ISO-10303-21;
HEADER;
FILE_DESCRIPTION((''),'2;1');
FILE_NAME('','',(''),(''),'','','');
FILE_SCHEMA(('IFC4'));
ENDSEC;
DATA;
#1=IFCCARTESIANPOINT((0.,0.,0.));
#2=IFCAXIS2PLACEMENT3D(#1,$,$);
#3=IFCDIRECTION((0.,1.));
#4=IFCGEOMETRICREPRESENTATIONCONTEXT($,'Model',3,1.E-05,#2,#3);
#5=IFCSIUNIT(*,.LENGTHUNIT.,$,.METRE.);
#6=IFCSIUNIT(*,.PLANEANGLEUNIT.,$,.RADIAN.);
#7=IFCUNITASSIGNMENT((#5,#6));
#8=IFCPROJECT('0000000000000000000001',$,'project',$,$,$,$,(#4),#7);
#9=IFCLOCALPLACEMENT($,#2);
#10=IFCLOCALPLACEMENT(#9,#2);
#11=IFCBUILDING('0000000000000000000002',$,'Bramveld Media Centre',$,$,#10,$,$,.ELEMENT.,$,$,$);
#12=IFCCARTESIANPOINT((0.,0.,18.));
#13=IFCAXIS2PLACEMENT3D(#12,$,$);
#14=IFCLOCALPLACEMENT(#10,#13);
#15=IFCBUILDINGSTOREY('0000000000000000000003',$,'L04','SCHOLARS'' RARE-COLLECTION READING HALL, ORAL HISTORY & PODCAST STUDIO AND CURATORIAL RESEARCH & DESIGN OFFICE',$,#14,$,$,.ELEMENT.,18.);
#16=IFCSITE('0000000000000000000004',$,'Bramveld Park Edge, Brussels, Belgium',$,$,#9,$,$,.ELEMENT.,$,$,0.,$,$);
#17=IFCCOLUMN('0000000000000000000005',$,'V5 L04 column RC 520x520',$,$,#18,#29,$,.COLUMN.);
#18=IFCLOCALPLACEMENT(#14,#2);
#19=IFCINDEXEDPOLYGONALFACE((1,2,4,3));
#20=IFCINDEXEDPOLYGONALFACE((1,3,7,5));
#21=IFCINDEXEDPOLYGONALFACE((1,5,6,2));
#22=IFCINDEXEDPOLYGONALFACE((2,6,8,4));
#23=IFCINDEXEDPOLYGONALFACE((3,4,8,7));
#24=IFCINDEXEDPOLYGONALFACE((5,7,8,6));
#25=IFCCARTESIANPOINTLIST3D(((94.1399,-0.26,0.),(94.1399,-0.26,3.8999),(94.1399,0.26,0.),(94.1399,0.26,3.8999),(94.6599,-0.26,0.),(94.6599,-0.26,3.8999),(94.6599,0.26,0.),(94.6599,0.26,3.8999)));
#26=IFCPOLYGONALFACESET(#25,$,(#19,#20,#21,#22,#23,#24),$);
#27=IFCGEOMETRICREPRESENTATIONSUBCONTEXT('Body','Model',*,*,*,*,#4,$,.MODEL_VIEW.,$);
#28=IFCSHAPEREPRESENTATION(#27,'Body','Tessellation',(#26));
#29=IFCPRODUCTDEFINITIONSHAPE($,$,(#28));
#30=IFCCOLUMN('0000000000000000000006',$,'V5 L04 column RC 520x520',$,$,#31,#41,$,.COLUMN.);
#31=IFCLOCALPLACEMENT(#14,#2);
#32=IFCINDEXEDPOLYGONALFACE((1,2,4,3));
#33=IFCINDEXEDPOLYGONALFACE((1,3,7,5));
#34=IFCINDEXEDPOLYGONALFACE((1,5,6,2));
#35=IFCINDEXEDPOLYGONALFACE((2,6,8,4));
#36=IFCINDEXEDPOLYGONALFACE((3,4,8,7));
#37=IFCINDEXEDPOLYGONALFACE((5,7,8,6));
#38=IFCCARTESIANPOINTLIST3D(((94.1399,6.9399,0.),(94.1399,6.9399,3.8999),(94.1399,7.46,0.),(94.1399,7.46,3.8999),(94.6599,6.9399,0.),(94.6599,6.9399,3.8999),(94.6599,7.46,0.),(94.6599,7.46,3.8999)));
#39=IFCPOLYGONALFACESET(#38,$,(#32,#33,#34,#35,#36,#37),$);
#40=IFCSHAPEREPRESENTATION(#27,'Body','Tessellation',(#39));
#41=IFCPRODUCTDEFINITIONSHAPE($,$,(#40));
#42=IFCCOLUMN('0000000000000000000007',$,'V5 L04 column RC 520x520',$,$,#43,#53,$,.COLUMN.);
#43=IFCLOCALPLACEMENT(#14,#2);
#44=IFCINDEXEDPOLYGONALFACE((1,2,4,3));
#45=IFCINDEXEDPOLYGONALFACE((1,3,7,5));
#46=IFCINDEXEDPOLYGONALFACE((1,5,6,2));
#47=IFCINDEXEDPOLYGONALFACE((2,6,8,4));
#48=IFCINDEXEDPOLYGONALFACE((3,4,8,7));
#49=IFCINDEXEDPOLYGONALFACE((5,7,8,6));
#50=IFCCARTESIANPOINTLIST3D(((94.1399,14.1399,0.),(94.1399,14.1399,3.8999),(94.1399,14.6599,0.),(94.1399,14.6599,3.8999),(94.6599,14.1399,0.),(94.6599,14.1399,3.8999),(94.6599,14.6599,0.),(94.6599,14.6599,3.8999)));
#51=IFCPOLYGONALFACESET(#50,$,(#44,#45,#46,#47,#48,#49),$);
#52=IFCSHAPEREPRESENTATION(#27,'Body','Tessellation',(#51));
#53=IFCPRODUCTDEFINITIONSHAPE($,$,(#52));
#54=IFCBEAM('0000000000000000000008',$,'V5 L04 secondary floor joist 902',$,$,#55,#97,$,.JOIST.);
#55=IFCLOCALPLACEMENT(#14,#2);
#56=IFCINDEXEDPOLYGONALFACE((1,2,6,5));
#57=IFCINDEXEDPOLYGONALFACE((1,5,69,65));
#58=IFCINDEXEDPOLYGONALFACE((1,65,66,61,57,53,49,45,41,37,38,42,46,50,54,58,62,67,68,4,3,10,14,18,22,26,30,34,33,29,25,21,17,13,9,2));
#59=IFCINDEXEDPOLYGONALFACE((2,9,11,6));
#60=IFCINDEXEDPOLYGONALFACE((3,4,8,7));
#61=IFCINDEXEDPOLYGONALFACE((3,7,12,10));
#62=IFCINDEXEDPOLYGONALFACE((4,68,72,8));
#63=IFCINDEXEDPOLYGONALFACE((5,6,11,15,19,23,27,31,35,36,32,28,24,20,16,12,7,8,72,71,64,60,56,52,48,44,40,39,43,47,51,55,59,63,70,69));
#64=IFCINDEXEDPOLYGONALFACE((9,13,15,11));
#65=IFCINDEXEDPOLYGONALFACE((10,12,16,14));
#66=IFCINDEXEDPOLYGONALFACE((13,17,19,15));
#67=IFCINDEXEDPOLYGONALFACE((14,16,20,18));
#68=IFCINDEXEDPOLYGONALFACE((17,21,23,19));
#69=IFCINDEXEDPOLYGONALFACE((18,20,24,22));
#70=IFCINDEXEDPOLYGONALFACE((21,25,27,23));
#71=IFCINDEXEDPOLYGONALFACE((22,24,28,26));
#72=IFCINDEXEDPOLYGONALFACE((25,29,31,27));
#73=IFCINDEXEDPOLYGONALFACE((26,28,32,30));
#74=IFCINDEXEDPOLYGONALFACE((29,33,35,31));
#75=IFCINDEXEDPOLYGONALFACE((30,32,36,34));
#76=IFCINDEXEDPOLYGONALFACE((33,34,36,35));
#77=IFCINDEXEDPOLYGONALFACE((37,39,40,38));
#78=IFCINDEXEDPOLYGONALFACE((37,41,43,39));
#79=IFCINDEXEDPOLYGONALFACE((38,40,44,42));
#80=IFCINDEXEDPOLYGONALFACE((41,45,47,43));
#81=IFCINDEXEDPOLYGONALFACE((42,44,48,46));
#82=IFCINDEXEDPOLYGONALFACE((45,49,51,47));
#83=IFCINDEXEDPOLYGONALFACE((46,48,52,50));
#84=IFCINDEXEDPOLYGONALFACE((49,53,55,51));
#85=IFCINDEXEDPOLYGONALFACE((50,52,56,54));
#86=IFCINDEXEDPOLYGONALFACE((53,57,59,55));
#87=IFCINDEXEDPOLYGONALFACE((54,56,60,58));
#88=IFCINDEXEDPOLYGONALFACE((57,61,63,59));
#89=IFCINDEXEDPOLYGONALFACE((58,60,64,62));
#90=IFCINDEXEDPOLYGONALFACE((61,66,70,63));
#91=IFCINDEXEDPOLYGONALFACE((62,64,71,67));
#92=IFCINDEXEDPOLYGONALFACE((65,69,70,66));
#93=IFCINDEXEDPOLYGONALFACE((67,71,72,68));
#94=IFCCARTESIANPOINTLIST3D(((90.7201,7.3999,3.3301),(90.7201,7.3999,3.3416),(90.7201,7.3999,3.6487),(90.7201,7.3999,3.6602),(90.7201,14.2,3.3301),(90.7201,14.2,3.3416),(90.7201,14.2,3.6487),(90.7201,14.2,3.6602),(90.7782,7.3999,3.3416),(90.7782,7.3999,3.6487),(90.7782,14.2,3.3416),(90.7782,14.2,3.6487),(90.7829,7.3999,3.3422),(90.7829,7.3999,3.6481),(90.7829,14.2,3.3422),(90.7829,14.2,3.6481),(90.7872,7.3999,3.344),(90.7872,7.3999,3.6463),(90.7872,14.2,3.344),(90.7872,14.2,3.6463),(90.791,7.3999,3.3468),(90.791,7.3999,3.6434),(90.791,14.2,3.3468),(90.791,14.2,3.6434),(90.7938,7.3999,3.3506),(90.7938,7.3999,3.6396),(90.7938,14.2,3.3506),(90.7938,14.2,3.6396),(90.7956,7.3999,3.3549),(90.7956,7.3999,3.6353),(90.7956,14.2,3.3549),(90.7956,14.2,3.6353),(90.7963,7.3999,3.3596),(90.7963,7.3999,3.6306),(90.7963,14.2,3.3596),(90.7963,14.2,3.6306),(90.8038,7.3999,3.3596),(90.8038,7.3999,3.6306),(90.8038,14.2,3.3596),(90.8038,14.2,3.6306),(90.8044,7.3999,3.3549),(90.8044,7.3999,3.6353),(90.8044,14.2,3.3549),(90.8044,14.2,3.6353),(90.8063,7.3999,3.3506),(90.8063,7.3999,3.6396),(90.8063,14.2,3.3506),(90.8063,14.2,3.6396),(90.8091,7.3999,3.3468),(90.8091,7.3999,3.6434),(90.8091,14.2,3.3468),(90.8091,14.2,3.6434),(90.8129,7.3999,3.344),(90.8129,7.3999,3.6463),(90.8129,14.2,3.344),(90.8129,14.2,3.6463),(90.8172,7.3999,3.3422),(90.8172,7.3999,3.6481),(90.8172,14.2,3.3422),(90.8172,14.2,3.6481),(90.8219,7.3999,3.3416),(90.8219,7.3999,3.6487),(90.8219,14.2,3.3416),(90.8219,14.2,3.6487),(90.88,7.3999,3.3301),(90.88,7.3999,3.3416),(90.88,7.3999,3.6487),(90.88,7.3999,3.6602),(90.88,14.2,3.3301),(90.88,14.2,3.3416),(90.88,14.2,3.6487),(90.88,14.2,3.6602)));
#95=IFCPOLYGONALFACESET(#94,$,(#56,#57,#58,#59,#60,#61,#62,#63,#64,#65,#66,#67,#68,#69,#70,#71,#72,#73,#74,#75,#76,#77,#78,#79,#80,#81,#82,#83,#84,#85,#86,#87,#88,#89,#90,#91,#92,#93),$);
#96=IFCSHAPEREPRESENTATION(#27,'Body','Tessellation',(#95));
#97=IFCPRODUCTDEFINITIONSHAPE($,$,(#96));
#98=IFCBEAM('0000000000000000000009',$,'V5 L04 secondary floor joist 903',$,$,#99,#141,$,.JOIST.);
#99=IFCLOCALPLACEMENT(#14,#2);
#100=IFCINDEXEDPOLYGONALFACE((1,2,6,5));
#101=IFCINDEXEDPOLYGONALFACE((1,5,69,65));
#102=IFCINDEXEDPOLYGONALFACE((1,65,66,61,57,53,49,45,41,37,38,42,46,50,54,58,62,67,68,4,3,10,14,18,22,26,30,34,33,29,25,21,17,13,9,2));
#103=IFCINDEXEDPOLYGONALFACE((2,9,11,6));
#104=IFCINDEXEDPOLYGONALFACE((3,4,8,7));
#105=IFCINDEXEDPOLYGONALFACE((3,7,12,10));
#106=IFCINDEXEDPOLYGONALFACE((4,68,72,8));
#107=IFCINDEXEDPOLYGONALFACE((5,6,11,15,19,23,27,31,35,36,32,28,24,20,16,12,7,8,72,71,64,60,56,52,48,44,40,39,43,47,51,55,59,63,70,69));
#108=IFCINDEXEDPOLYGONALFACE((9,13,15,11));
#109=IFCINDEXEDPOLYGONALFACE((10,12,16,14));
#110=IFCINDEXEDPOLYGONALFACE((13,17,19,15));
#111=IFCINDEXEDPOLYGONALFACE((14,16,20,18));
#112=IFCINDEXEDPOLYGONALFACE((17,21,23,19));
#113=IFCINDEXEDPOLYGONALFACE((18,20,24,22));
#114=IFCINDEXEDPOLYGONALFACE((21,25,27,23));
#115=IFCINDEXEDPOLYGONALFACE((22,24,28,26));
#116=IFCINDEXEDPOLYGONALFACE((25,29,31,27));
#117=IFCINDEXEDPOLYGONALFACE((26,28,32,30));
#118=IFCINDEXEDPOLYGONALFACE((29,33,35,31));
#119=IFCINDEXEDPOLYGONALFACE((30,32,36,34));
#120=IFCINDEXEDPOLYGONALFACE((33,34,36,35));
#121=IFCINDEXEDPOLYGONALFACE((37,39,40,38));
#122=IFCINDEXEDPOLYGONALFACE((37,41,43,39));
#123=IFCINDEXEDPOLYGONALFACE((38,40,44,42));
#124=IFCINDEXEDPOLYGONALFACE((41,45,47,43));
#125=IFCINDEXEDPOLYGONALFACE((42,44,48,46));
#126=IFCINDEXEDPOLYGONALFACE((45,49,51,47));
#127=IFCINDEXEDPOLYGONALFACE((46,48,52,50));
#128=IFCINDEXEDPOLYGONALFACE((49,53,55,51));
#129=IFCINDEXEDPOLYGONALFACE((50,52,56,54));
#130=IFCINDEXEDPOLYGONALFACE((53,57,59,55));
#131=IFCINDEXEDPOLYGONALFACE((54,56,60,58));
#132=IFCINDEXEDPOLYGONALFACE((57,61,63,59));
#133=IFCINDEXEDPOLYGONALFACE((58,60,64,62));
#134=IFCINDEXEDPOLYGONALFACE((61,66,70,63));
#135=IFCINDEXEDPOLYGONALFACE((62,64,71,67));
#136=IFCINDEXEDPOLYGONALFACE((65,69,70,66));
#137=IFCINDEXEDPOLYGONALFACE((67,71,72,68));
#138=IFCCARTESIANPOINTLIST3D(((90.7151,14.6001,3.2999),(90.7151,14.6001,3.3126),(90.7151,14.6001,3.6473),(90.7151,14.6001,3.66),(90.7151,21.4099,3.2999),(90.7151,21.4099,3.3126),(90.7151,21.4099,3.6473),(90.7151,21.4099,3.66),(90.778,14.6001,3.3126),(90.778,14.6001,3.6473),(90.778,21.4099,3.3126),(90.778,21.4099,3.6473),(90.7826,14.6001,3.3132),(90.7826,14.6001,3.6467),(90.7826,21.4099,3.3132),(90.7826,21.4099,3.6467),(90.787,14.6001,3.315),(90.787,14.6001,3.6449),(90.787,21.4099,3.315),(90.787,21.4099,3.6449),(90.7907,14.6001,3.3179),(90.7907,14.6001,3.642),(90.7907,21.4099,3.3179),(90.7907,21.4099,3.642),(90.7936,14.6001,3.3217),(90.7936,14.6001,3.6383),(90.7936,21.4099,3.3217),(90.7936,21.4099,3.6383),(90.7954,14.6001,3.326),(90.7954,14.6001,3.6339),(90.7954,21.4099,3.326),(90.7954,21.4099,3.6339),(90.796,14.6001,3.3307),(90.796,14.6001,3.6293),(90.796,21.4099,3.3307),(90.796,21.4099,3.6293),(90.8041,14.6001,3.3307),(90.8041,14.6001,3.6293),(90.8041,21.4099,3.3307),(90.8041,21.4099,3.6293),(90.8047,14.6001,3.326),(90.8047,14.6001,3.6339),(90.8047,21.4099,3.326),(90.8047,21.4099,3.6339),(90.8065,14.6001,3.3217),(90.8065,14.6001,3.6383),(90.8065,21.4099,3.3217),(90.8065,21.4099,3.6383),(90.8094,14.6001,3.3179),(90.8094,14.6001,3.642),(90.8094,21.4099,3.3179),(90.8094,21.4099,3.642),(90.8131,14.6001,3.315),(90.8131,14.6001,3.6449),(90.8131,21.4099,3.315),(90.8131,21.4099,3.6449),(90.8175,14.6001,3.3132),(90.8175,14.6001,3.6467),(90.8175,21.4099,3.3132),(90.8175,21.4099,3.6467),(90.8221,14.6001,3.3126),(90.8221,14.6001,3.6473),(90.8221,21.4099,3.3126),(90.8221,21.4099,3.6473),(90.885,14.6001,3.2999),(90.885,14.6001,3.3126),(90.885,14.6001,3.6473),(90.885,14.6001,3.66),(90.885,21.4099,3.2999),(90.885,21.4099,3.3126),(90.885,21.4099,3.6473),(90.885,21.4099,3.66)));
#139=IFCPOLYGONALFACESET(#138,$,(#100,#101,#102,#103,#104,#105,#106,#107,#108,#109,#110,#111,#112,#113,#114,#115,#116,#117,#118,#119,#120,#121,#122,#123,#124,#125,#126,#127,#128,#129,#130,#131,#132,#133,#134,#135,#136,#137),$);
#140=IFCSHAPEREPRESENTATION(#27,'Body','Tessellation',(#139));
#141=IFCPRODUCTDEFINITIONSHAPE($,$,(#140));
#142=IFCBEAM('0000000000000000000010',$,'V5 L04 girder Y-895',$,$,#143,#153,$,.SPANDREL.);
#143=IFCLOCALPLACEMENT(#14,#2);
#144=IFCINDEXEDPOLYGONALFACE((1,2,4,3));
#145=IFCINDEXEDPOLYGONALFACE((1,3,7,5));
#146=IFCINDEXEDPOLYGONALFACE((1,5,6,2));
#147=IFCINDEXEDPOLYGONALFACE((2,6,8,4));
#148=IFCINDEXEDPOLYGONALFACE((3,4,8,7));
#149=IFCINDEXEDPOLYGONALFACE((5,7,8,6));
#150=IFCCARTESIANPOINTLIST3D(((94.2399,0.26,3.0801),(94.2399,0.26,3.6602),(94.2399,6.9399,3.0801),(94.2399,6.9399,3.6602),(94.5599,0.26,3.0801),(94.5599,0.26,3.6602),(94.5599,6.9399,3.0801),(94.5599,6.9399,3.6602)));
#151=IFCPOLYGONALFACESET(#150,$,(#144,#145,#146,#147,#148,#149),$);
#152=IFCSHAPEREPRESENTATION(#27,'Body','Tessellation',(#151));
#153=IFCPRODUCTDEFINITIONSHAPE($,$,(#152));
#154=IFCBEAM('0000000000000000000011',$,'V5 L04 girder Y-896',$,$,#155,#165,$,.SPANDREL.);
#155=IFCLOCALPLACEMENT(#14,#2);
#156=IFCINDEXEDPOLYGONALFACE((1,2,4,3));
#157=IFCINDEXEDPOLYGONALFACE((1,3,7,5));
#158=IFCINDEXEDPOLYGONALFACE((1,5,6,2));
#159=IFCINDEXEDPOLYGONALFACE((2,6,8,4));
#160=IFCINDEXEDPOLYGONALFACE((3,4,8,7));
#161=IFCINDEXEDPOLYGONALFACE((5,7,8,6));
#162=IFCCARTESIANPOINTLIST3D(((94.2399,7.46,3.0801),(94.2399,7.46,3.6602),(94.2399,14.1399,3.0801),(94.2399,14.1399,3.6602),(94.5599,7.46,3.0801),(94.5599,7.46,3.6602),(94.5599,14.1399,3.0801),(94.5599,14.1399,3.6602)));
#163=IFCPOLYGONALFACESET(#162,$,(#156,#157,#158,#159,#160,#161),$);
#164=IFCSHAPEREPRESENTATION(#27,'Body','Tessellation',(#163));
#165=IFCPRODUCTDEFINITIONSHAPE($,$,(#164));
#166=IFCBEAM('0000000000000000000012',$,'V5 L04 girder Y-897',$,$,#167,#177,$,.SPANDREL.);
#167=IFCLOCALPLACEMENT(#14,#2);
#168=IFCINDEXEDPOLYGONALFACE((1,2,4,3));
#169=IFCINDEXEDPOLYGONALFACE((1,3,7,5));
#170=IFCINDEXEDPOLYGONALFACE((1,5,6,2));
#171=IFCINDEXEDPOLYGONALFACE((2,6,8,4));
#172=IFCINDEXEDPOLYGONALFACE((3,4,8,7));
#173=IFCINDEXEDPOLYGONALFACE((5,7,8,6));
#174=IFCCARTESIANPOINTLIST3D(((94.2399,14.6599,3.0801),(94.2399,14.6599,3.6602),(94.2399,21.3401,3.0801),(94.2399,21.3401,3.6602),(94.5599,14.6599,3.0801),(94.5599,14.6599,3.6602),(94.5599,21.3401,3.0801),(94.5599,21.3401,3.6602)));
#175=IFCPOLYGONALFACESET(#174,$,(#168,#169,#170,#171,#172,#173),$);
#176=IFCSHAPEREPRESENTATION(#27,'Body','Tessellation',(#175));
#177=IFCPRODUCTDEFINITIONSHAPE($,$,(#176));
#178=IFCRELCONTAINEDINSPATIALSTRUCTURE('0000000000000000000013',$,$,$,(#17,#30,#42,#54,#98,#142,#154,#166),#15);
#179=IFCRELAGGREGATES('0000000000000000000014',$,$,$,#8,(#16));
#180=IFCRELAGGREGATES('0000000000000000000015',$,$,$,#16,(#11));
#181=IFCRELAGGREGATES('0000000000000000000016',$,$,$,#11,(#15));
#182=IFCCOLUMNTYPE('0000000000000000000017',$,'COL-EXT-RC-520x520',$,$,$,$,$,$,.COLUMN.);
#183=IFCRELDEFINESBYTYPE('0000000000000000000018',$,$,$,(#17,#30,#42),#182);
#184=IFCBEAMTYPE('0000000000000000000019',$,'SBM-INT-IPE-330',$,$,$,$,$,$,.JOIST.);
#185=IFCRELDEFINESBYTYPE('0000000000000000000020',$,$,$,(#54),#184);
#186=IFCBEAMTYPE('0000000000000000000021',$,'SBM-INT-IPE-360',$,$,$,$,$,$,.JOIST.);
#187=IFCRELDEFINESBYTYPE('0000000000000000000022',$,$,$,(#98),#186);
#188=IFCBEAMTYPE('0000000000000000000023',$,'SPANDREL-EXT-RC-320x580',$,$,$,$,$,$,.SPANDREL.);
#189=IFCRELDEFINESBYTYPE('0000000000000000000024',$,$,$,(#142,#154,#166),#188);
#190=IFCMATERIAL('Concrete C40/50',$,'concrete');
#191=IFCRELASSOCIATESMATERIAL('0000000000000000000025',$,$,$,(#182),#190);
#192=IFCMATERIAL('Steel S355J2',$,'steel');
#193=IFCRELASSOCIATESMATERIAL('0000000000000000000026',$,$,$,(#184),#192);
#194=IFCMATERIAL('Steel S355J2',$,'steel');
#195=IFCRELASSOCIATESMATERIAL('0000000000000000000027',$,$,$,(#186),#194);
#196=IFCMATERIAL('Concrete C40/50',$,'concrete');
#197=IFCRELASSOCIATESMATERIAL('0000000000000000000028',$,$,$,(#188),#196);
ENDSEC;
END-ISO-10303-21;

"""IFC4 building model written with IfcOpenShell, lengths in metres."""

from ifc_helpers import new_model, si_unit, direction, frame, origin, origin_2d, place, context, subcontext, project, spatial, rectangle, i_section, extrude, material, material_profile, profile_set, type_object, element, save


model = new_model("IFC4")

# Units and contexts
model_context = context("Model", 3, precision=1e-05, world=origin(), true_north=direction((0.0, 1.0)))
body_context = subcontext(model_context, "Body", "Model", "MODEL_VIEW")
ifc_project = project(units=[si_unit("LENGTHUNIT", "METRE"), si_unit("PLANEANGLEUNIT", "RADIAN")], contexts=[model_context])

# Site, building, storey
site_placement = place(None, origin())
site = spatial("IfcSite", under=ifc_project, at=site_placement, Name="Bramveld Park Edge, Brussels, Belgium", CompositionType="ELEMENT", RefElevation=0.0)
building_placement = place(site_placement, origin())
building = spatial("IfcBuilding", under=site, at=building_placement, Name="Bramveld Media Centre", CompositionType="ELEMENT")
storey_placement = place(building_placement, frame((0.0, 0.0, 18.0)))
storey = spatial("IfcBuildingStorey", under=building, at=storey_placement, Name="L04", Description="SCHOLARS' RARE-COLLECTION READING HALL, ORAL HISTORY & PODCAST STUDIO AND CURATORIAL RESEARCH & DESIGN OFFICE", CompositionType="ELEMENT", Elevation=18.0)

# Columns
ifc_material_1 = material(Name="Concrete C40/50", Category="concrete")
ifc_material_profile_1 = material_profile(ifc_material_1, rectangle(XDim=0.52, YDim=0.52, at=origin_2d()), Name="RC 520x520")
ifc_profile_set_1 = profile_set([ifc_material_profile_1], Name="Concrete C40/50")
column_type = type_object("IfcColumnType", Name="COL-EXT-RC-520x520", PredefinedType="COLUMN", material=ifc_profile_set_1)
for number, where, z_axis, x_axis, name in (
    (1, (94.3999, 0.0, 0.0), (0.0, 0.0, 1.0), (1.0, 0.0, 0.0), "V5 L04 column RC 520x520"),
    (2, (94.3999, 7.2, 0.0), (0.0, 0.0, 1.0), (1.0, 0.0, 0.0), "V5 L04 column RC 520x520"),
    (3, (94.3999, 14.3999, 0.0), (0.0, 0.0, 1.0), (1.0, 0.0, 0.0), "V5 L04 column RC 520x520"),
):
    element("IfcColumn", number, at=place(storey_placement, frame(where, z_axis=z_axis, x_axis=x_axis)), inside=storey, type_object=column_type, Name=name, PredefinedType="COLUMN", context=body_context, shape_type="SweptSolid", body=[
        extrude(rectangle(XDim=0.52, YDim=0.52, at=origin_2d()), origin(), (0.0, 0.0, 1.0), 3.8999),
    ])

# Beams
ifc_material_2 = material(Name="Steel S355J2", Category="steel")
ifc_material_profile_2 = material_profile(ifc_material_2, i_section(OverallWidth=0.1599, OverallDepth=0.3301, WebThickness=0.0076, FlangeThickness=0.0115, FilletRadius=0.0181, at=origin_2d()), Name="IPE 330")
ifc_profile_set_2 = profile_set([ifc_material_profile_2], Name="Steel S355J2")
beam_type_1 = type_object("IfcBeamType", Name="SBM-INT-IPE-330", PredefinedType="JOIST", material=ifc_profile_set_2)
beam_1_placement = place(storey_placement, frame((90.8, 7.3999, 3.4951), z_axis=(0.0, 1.0, 0.0), x_axis=(-1.0, 0.0, 0.0)))
element("IfcBeam", 4, at=beam_1_placement, inside=storey, type_object=beam_type_1, Name="V5 L04 secondary floor joist 902", PredefinedType="JOIST", context=body_context, shape_type="SweptSolid", body=[
    extrude(i_section(OverallWidth=0.1599, OverallDepth=0.3301, WebThickness=0.0076, FlangeThickness=0.0115, FilletRadius=0.0181, at=origin_2d()), origin(), (0.0, 0.0, 1.0), 6.8),
])
ifc_material_3 = material(Name="Steel S355J2", Category="steel")
ifc_material_profile_3 = material_profile(ifc_material_3, i_section(OverallWidth=0.1699, OverallDepth=0.3601, WebThickness=0.0081, FlangeThickness=0.0127, FilletRadius=0.0181, at=origin_2d()), Name="IPE 360")
ifc_profile_set_3 = profile_set([ifc_material_profile_3], Name="Steel S355J2")
beam_type_2 = type_object("IfcBeamType", Name="SBM-INT-IPE-360", PredefinedType="JOIST", material=ifc_profile_set_3)
beam_2_placement = place(storey_placement, frame((90.8, 14.6001, 3.48), z_axis=(0.0, 1.0, 0.0), x_axis=(-1.0, 0.0, 0.0)))
element("IfcBeam", 5, at=beam_2_placement, inside=storey, type_object=beam_type_2, Name="V5 L04 secondary floor joist 903", PredefinedType="JOIST", context=body_context, shape_type="SweptSolid", body=[
    extrude(i_section(OverallWidth=0.1699, OverallDepth=0.3601, WebThickness=0.0081, FlangeThickness=0.0127, FilletRadius=0.0181, at=origin_2d()), origin(), (0.0, 0.0, 1.0), 6.8098),
])
ifc_material_4 = material(Name="Concrete C40/50", Category="concrete")
ifc_material_profile_4 = material_profile(ifc_material_4, rectangle(XDim=0.3201, YDim=0.5801, at=origin_2d()), Name="RC 320x580")
ifc_profile_set_4 = profile_set([ifc_material_profile_4], Name="Concrete C40/50")
beam_type_3 = type_object("IfcBeamType", Name="SPANDREL-EXT-RC-320x580", PredefinedType="SPANDREL", material=ifc_profile_set_4)
for number, where, z_axis, x_axis, name in (
    (6, (94.3999, 0.26, 3.3701), (0.0, 1.0, 0.0), (-1.0, 0.0, 0.0), "V5 L04 girder Y-895"),
    (7, (94.3999, 7.46, 3.3701), (0.0, 1.0, 0.0), (-1.0, 0.0, 0.0), "V5 L04 girder Y-896"),
):
    element("IfcBeam", number, at=place(storey_placement, frame(where, z_axis=z_axis, x_axis=x_axis)), inside=storey, type_object=beam_type_3, Name=name, PredefinedType="SPANDREL", context=body_context, shape_type="SweptSolid", body=[
        extrude(rectangle(XDim=0.3201, YDim=0.5801, at=origin_2d()), origin(), (0.0, 0.0, 1.0), 6.6799),
    ])
beam_3_placement = place(storey_placement, frame((94.3999, 14.6599, 3.3701), z_axis=(0.0, 1.0, 0.0), x_axis=(-1.0, 0.0, 0.0)))
element("IfcBeam", 8, at=beam_3_placement, inside=storey, type_object=beam_type_3, Name="V5 L04 girder Y-897", PredefinedType="SPANDREL", context=body_context, shape_type="SweptSolid", body=[
    extrude(rectangle(XDim=0.3201, YDim=0.5801, at=origin_2d()), origin(), (0.0, 0.0, 1.0), 6.6802),
])

save(model, "model.ifc")
